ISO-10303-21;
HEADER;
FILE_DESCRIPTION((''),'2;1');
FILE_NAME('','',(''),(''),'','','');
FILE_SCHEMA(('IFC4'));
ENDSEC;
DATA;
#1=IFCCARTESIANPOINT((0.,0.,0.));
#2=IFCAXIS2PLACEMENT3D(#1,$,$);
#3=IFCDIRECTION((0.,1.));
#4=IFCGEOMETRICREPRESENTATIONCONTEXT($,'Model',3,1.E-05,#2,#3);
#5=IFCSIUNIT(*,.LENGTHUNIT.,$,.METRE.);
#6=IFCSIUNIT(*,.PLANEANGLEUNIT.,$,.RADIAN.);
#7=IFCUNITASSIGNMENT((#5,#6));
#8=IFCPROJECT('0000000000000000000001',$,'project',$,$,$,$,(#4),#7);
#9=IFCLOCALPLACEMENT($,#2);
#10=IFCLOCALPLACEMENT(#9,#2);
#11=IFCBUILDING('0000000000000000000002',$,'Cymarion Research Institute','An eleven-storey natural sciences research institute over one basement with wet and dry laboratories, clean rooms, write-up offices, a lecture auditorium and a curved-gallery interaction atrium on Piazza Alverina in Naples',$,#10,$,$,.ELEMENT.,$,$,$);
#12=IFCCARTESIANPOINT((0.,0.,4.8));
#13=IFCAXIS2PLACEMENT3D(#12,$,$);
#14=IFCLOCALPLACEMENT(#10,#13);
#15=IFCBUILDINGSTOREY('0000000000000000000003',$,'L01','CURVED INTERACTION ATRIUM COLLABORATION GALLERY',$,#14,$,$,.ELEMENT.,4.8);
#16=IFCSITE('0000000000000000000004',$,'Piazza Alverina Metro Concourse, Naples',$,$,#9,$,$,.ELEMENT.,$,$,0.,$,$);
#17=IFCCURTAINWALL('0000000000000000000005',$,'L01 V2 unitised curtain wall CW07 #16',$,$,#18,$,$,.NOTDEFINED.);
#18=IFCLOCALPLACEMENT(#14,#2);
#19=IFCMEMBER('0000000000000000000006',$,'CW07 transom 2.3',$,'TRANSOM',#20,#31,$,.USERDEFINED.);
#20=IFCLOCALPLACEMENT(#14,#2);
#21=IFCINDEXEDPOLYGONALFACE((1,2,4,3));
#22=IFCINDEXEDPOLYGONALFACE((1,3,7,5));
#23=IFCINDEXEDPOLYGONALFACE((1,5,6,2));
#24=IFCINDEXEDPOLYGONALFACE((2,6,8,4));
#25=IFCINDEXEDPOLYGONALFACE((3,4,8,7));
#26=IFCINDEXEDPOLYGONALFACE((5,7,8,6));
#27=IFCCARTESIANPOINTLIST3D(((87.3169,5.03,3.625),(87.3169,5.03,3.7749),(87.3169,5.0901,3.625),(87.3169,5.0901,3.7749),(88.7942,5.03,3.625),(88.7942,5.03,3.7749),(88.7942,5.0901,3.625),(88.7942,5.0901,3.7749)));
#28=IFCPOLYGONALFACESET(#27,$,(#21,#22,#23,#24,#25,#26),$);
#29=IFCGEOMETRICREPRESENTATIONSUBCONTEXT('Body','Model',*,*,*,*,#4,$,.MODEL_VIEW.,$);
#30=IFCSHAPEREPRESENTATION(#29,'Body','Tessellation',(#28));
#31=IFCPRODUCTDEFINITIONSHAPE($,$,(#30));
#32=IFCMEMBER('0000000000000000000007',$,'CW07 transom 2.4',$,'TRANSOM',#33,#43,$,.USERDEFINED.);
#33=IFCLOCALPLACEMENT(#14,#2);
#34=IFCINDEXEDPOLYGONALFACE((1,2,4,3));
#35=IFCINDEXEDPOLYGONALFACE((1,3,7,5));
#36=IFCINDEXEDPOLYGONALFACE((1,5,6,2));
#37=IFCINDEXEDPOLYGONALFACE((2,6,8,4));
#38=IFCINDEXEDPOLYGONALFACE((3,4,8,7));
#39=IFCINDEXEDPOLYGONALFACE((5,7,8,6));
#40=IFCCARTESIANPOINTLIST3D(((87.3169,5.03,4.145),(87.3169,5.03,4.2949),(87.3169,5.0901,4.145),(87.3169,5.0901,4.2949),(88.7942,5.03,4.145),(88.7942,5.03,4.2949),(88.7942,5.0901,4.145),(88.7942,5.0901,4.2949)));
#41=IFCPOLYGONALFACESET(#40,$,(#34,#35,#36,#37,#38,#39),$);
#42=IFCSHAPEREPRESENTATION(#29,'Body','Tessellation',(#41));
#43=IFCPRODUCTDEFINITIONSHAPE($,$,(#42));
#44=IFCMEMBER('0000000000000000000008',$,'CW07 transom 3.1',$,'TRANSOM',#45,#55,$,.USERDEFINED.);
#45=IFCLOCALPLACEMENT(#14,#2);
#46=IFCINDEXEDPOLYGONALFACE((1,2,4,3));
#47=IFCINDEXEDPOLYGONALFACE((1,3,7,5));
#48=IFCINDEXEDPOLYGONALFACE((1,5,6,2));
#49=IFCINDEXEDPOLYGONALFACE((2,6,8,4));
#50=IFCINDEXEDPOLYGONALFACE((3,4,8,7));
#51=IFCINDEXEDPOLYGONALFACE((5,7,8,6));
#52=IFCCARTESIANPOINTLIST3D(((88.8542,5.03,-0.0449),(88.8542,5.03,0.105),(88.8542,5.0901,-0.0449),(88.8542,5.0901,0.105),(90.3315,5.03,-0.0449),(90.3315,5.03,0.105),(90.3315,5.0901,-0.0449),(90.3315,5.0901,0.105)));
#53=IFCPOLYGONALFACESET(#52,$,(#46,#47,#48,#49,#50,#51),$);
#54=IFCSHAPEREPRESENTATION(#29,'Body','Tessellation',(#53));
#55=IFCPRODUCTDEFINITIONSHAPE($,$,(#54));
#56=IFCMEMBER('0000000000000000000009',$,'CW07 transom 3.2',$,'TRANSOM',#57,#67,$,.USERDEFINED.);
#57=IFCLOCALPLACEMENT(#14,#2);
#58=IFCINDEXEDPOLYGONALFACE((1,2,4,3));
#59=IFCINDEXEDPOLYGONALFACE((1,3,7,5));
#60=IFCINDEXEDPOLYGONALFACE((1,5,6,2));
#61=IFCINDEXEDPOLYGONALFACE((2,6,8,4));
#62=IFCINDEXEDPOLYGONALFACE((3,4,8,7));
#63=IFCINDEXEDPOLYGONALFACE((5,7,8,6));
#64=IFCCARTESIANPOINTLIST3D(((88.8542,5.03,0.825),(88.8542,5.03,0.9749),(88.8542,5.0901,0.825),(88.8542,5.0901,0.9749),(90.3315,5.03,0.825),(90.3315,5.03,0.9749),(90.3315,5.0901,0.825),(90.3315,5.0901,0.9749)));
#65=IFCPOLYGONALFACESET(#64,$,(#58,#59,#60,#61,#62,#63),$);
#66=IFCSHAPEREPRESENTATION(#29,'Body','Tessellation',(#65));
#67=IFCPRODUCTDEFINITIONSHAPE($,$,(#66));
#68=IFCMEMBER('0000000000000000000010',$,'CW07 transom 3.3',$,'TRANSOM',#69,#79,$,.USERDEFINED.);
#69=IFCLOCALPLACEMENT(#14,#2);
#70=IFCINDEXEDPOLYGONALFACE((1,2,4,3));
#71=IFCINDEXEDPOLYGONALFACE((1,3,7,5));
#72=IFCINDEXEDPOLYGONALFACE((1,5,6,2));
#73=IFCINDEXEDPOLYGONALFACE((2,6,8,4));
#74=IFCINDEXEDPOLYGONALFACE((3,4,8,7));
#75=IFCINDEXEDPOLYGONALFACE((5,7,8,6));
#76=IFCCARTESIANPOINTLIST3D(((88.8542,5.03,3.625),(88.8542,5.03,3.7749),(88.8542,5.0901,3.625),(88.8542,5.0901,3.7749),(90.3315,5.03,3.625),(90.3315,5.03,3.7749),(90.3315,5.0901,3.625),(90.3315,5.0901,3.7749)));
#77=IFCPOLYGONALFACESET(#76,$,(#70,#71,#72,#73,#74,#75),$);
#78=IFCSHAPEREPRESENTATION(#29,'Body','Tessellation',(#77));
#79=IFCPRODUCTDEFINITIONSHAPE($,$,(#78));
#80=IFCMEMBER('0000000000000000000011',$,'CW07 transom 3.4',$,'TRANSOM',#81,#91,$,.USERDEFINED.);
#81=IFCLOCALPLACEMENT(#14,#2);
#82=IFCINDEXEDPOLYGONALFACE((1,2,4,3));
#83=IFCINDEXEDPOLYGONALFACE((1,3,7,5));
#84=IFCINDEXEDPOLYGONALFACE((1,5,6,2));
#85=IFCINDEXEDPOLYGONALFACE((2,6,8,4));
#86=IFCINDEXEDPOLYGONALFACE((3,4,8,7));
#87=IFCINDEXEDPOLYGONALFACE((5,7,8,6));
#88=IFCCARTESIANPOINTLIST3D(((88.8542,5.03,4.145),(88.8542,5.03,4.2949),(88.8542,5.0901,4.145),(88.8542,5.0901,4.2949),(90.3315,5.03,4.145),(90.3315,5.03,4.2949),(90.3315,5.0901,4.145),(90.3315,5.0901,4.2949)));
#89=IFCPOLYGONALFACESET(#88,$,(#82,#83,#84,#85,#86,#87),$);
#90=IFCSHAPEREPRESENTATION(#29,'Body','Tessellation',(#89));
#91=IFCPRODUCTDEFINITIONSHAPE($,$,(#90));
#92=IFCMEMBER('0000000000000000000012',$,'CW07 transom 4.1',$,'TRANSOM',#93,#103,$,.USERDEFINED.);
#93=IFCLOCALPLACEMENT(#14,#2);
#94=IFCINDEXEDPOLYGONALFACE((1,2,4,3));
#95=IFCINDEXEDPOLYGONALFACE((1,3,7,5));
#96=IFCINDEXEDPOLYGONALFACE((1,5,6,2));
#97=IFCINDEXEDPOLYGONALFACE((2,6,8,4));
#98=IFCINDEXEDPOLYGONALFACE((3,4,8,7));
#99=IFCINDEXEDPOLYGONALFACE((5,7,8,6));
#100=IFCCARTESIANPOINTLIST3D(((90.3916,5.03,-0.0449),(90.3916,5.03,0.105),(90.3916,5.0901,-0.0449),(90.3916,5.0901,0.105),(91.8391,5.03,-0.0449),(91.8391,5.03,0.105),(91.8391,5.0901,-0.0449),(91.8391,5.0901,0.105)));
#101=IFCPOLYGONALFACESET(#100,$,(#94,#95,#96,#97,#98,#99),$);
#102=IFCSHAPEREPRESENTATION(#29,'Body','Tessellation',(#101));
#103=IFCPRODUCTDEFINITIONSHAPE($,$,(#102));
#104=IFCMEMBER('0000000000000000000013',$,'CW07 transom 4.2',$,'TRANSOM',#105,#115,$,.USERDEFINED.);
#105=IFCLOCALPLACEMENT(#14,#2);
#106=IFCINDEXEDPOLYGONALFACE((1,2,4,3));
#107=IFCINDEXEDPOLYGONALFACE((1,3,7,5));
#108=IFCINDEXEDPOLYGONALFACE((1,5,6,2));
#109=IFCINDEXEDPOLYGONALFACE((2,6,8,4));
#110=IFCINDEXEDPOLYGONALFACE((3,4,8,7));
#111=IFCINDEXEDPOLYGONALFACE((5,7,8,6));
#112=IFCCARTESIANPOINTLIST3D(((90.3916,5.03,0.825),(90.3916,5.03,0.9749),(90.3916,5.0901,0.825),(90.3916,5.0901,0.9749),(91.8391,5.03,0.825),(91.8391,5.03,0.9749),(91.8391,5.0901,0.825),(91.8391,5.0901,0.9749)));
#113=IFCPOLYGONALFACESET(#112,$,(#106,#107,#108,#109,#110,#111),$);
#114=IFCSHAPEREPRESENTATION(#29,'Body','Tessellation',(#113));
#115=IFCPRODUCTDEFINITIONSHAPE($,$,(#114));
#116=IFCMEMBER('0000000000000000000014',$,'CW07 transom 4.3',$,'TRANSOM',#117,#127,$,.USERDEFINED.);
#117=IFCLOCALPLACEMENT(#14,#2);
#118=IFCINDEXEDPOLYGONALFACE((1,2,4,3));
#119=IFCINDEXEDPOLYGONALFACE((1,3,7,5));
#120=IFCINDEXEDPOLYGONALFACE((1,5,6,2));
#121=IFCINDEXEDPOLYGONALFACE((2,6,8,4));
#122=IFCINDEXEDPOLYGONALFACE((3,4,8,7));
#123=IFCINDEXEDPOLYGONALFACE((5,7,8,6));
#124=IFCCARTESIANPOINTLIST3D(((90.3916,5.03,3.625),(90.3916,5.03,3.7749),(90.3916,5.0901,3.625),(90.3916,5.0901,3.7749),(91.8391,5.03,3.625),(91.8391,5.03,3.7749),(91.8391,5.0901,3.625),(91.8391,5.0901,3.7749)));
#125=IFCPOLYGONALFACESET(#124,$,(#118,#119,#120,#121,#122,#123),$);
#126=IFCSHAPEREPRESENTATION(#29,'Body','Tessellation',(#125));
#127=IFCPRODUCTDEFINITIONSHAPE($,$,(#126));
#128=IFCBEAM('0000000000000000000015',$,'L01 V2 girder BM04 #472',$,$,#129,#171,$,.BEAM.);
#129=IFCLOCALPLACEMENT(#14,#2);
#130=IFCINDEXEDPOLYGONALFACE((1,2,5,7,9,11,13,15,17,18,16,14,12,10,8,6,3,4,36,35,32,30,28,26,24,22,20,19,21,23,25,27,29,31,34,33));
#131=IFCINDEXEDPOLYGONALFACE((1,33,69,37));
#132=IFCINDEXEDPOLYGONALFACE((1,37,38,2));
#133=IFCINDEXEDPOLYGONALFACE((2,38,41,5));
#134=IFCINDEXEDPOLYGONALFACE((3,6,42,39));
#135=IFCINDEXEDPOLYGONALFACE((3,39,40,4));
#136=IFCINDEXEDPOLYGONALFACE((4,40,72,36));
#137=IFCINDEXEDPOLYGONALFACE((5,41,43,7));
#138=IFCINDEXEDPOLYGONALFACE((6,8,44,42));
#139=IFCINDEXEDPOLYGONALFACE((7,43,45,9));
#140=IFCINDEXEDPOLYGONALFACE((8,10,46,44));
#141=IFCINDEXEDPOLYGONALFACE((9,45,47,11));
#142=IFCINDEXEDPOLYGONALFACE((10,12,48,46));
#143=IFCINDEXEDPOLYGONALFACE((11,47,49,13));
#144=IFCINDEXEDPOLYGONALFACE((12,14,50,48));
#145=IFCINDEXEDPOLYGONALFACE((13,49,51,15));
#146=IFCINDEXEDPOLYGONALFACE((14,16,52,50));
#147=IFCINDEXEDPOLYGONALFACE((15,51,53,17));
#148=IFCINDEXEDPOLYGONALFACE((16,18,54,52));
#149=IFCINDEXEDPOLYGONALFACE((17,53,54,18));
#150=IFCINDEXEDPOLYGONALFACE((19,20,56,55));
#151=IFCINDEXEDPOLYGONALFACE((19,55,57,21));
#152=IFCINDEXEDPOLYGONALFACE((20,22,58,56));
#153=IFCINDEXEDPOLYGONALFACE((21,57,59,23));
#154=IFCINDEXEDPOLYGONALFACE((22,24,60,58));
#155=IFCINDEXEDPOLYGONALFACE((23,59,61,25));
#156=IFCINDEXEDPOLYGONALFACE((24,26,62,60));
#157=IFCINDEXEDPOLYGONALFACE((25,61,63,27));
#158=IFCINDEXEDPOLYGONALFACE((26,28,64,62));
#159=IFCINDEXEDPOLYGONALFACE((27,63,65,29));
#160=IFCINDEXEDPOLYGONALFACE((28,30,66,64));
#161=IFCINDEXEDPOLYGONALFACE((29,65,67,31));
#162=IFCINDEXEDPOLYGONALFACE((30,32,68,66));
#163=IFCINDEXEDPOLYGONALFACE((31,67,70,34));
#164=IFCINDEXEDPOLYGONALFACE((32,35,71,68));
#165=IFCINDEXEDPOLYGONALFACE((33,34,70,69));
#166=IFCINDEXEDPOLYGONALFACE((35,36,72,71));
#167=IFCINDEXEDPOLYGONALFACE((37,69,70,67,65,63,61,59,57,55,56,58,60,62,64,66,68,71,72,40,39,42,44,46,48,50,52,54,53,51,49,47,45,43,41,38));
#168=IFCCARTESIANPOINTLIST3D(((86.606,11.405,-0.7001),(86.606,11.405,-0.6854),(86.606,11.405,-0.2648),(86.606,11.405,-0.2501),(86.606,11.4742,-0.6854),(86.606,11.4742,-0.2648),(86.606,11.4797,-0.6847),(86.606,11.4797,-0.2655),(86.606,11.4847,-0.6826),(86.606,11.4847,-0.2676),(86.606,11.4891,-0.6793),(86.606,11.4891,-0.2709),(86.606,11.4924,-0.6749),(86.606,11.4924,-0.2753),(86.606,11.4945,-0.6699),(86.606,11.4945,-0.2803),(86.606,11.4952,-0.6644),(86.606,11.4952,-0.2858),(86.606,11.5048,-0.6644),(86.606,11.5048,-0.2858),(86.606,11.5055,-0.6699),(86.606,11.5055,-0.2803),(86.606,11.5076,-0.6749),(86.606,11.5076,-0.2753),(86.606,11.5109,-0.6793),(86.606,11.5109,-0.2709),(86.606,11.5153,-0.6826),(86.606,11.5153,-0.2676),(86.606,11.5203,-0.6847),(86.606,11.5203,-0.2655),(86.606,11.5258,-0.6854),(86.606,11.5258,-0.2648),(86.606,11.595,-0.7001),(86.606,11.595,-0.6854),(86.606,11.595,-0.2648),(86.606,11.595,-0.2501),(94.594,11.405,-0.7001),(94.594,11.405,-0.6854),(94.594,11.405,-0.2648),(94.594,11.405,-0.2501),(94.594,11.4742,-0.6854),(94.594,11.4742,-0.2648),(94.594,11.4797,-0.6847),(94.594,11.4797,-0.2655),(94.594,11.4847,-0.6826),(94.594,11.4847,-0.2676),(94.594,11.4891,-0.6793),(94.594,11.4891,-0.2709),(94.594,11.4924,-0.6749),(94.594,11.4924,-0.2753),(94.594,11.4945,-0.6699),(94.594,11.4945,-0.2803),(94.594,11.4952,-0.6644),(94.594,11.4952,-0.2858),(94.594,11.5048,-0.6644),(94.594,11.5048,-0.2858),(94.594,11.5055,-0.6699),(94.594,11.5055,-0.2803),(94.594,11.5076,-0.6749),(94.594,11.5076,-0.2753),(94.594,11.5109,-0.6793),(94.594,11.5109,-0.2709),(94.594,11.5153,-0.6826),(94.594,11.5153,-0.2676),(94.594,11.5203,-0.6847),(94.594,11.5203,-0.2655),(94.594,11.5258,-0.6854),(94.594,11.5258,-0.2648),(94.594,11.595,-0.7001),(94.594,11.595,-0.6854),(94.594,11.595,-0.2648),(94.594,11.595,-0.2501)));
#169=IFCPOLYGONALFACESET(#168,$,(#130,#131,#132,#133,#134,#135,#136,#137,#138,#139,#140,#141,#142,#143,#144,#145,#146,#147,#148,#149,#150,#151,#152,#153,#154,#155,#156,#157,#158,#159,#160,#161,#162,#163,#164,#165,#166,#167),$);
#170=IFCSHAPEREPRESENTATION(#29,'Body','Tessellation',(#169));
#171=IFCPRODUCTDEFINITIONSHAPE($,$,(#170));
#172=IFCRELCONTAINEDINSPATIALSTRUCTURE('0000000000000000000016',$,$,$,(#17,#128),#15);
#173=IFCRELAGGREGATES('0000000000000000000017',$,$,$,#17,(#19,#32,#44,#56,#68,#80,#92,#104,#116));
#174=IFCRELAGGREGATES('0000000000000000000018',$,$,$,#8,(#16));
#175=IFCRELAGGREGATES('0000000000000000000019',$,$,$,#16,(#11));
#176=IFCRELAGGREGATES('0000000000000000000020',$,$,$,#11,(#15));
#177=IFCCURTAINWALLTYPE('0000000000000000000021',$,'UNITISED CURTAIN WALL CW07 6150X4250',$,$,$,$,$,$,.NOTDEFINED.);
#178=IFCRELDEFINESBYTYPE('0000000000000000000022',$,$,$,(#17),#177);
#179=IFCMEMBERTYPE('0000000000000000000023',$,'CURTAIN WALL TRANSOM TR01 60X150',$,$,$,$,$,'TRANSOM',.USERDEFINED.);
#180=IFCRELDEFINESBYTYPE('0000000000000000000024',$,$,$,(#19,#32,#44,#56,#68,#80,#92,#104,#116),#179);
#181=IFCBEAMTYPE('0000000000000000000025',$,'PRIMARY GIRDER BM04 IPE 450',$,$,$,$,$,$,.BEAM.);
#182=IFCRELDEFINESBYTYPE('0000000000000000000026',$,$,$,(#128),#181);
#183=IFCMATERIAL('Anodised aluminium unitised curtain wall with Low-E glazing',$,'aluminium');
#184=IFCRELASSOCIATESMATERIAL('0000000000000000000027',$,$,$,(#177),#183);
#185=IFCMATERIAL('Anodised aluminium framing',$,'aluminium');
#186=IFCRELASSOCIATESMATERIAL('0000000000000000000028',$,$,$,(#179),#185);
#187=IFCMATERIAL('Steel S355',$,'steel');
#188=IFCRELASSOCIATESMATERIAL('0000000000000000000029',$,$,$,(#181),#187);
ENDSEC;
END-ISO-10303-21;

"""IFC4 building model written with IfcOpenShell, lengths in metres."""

from ifc_helpers import new_model, si_unit, direction, frame, origin, origin_2d, place, context, subcontext, project, spatial, rectangle, i_section, extrude, material, material_profile, profile_set, type_object, element, aggregate, save


model = new_model("IFC4")

# Units and contexts
model_context = context("Model", 3, precision=1e-05, world=origin(), true_north=direction((0.0, 1.0)))
body_context = subcontext(model_context, "Body", "Model", "MODEL_VIEW")
ifc_project = project(units=[si_unit("LENGTHUNIT", "METRE"), si_unit("PLANEANGLEUNIT", "RADIAN")], contexts=[model_context])

# Site, building, storey
site_placement = place(None, origin())
site = spatial("IfcSite", under=ifc_project, at=site_placement, Name="Piazza Alverina Metro Concourse, Naples", CompositionType="ELEMENT", RefElevation=0.0)
building_placement = place(site_placement, origin())
building = spatial("IfcBuilding", under=site, at=building_placement, Name="Cymarion Research Institute", Description="An eleven-storey natural sciences research institute over one basement with wet and dry laboratories, clean rooms, write-up offices, a lecture auditorium and a curved-gallery interaction atrium on Piazza Alverina in Naples", CompositionType="ELEMENT")
storey_placement = place(building_placement, frame((0.0, 0.0, 4.8)))
storey = spatial("IfcBuildingStorey", under=building, at=storey_placement, Name="L01", Description="CURVED INTERACTION ATRIUM COLLABORATION GALLERY", CompositionType="ELEMENT", Elevation=4.8)

# Shared definitions
ifc_material_1 = material(Name="Steel S355", Category="steel")

# Curtain wall, members
ifc_material_2 = material(Name="Anodised aluminium unitised curtain wall with Low-E glazing", Category="aluminium")
curtain_wall_type = type_object("IfcCurtainWallType", Name="UNITISED CURTAIN WALL CW07 6150X4250", PredefinedType="NOTDEFINED", material=ifc_material_2)
curtain_wall_placement = place(storey_placement, origin())
curtain_wall = element("IfcCurtainWall", 1, at=curtain_wall_placement, inside=storey, type_object=curtain_wall_type, Name="L01 V2 unitised curtain wall CW07 #16", PredefinedType="NOTDEFINED")
ifc_material_3 = material(Name="Anodised aluminium framing", Category="aluminium")
ifc_material_profile_1 = material_profile(ifc_material_3, rectangle(XDim=0.0601, YDim=0.1499, at=origin_2d()), Name="ALU TRANSOM 60x150")
ifc_profile_set_1 = profile_set([ifc_material_profile_1], Name="Anodised aluminium framing")
member_type_1 = type_object("IfcMemberType", Name="CURTAIN WALL TRANSOM TR01 60X150", ElementType="TRANSOM", PredefinedType="USERDEFINED", material=ifc_profile_set_1)
member_1_placement = place(storey_placement, frame((87.3169, 5.0601, 3.7), z_axis=(1.0, 0.0, 0.0), x_axis=(0.0, 1.0, 0.0)))
member_1 = element("IfcMember", 2, at=member_1_placement, type_object=member_type_1, Name="CW07 transom 2.3", ObjectType="TRANSOM", PredefinedType="USERDEFINED", context=body_context, shape_type="SweptSolid", body=[
    extrude(rectangle(XDim=0.0601, YDim=0.1499, at=origin_2d()), origin(), (0.0, 0.0, 1.0), 1.4773),
])
member_2_placement = place(storey_placement, frame((87.3169, 5.0601, 4.22), z_axis=(1.0, 0.0, 0.0), x_axis=(0.0, 1.0, 0.0)))
member_2 = element("IfcMember", 3, at=member_2_placement, type_object=member_type_1, Name="CW07 transom 2.4", ObjectType="TRANSOM", PredefinedType="USERDEFINED", context=body_context, shape_type="SweptSolid", body=[
    extrude(rectangle(XDim=0.0601, YDim=0.1499, at=origin_2d()), origin(), (0.0, 0.0, 1.0), 1.4773),
])
member_3_placement = place(storey_placement, frame((88.8542, 5.0601, 0.03), z_axis=(1.0, 0.0, 0.0), x_axis=(0.0, 1.0, 0.0)))
member_3 = element("IfcMember", 4, at=member_3_placement, type_object=member_type_1, Name="CW07 transom 3.1", ObjectType="TRANSOM", PredefinedType="USERDEFINED", context=body_context, shape_type="SweptSolid", body=[
    extrude(rectangle(XDim=0.0601, YDim=0.1499, at=origin_2d()), origin(), (0.0, 0.0, 1.0), 1.4773),
])
member_4_placement = place(storey_placement, frame((88.8542, 5.0601, 0.8999), z_axis=(1.0, 0.0, 0.0), x_axis=(0.0, 1.0, 0.0)))
member_4 = element("IfcMember", 5, at=member_4_placement, type_object=member_type_1, Name="CW07 transom 3.2", ObjectType="TRANSOM", PredefinedType="USERDEFINED", context=body_context, shape_type="SweptSolid", body=[
    extrude(rectangle(XDim=0.0601, YDim=0.1499, at=origin_2d()), origin(), (0.0, 0.0, 1.0), 1.4773),
])
member_5_placement = place(storey_placement, frame((88.8542, 5.0601, 3.7), z_axis=(1.0, 0.0, 0.0), x_axis=(0.0, 1.0, 0.0)))
member_5 = element("IfcMember", 6, at=member_5_placement, type_object=member_type_1, Name="CW07 transom 3.3", ObjectType="TRANSOM", PredefinedType="USERDEFINED", context=body_context, shape_type="SweptSolid", body=[
    extrude(rectangle(XDim=0.0601, YDim=0.1499, at=origin_2d()), origin(), (0.0, 0.0, 1.0), 1.4773),
])
member_6_placement = place(storey_placement, frame((88.8542, 5.0601, 4.22), z_axis=(1.0, 0.0, 0.0), x_axis=(0.0, 1.0, 0.0)))
member_6 = element("IfcMember", 7, at=member_6_placement, type_object=member_type_1, Name="CW07 transom 3.4", ObjectType="TRANSOM", PredefinedType="USERDEFINED", context=body_context, shape_type="SweptSolid", body=[
    extrude(rectangle(XDim=0.0601, YDim=0.1499, at=origin_2d()), origin(), (0.0, 0.0, 1.0), 1.4773),
])
member_7_placement = place(storey_placement, frame((90.3916, 5.0601, 0.03), z_axis=(1.0, 0.0, 0.0), x_axis=(0.0, 1.0, 0.0)))
member_7 = element("IfcMember", 8, at=member_7_placement, type_object=member_type_1, Name="CW07 transom 4.1", ObjectType="TRANSOM", PredefinedType="USERDEFINED", context=body_context, shape_type="SweptSolid", body=[
    extrude(rectangle(XDim=0.0601, YDim=0.1499, at=origin_2d()), origin(), (0.0, 0.0, 1.0), 1.4475),
])
member_8_placement = place(storey_placement, frame((90.3916, 5.0601, 0.8999), z_axis=(1.0, 0.0, 0.0), x_axis=(0.0, 1.0, 0.0)))
member_8 = element("IfcMember", 9, at=member_8_placement, type_object=member_type_1, Name="CW07 transom 4.2", ObjectType="TRANSOM", PredefinedType="USERDEFINED", context=body_context, shape_type="SweptSolid", body=[
    extrude(rectangle(XDim=0.0601, YDim=0.1499, at=origin_2d()), origin(), (0.0, 0.0, 1.0), 1.4475),
])
member_9_placement = place(storey_placement, frame((90.3916, 5.0601, 3.7), z_axis=(1.0, 0.0, 0.0), x_axis=(0.0, 1.0, 0.0)))
member_9 = element("IfcMember", 10, at=member_9_placement, type_object=member_type_1, Name="CW07 transom 4.3", ObjectType="TRANSOM", PredefinedType="USERDEFINED", context=body_context, shape_type="SweptSolid", body=[
    extrude(rectangle(XDim=0.0601, YDim=0.1499, at=origin_2d()), origin(), (0.0, 0.0, 1.0), 1.4475),
])

# Beam
ifc_material_profile_2 = material_profile(ifc_material_1, i_section(OverallWidth=0.1899, OverallDepth=0.45, WebThickness=0.0095, FlangeThickness=0.0146, FilletRadius=0.021, at=origin_2d()), Name="IPE 450")
ifc_profile_set_2 = profile_set([ifc_material_profile_2], Name="Steel S355")
beam_type_1 = type_object("IfcBeamType", Name="PRIMARY GIRDER BM04 IPE 450", PredefinedType="BEAM", material=ifc_profile_set_2)
beam_1_placement = place(storey_placement, frame((86.606, 11.5, -0.4751), z_axis=(1.0, 0.0, 0.0), x_axis=(0.0, 1.0, 0.0)))
element("IfcBeam", 11, at=beam_1_placement, inside=storey, type_object=beam_type_1, Name="L01 V2 girder BM04 #472", PredefinedType="BEAM", context=body_context, shape_type="SweptSolid", body=[
    extrude(i_section(OverallWidth=0.1899, OverallDepth=0.45, WebThickness=0.0095, FlangeThickness=0.0146, FilletRadius=0.021, at=origin_2d()), origin(), (0.0, 0.0, 1.0), 7.988),
])

aggregate(curtain_wall, [member_1, member_2, member_3, member_4, member_5, member_6, member_7, member_8, member_9])

save(model, "model.ifc")
